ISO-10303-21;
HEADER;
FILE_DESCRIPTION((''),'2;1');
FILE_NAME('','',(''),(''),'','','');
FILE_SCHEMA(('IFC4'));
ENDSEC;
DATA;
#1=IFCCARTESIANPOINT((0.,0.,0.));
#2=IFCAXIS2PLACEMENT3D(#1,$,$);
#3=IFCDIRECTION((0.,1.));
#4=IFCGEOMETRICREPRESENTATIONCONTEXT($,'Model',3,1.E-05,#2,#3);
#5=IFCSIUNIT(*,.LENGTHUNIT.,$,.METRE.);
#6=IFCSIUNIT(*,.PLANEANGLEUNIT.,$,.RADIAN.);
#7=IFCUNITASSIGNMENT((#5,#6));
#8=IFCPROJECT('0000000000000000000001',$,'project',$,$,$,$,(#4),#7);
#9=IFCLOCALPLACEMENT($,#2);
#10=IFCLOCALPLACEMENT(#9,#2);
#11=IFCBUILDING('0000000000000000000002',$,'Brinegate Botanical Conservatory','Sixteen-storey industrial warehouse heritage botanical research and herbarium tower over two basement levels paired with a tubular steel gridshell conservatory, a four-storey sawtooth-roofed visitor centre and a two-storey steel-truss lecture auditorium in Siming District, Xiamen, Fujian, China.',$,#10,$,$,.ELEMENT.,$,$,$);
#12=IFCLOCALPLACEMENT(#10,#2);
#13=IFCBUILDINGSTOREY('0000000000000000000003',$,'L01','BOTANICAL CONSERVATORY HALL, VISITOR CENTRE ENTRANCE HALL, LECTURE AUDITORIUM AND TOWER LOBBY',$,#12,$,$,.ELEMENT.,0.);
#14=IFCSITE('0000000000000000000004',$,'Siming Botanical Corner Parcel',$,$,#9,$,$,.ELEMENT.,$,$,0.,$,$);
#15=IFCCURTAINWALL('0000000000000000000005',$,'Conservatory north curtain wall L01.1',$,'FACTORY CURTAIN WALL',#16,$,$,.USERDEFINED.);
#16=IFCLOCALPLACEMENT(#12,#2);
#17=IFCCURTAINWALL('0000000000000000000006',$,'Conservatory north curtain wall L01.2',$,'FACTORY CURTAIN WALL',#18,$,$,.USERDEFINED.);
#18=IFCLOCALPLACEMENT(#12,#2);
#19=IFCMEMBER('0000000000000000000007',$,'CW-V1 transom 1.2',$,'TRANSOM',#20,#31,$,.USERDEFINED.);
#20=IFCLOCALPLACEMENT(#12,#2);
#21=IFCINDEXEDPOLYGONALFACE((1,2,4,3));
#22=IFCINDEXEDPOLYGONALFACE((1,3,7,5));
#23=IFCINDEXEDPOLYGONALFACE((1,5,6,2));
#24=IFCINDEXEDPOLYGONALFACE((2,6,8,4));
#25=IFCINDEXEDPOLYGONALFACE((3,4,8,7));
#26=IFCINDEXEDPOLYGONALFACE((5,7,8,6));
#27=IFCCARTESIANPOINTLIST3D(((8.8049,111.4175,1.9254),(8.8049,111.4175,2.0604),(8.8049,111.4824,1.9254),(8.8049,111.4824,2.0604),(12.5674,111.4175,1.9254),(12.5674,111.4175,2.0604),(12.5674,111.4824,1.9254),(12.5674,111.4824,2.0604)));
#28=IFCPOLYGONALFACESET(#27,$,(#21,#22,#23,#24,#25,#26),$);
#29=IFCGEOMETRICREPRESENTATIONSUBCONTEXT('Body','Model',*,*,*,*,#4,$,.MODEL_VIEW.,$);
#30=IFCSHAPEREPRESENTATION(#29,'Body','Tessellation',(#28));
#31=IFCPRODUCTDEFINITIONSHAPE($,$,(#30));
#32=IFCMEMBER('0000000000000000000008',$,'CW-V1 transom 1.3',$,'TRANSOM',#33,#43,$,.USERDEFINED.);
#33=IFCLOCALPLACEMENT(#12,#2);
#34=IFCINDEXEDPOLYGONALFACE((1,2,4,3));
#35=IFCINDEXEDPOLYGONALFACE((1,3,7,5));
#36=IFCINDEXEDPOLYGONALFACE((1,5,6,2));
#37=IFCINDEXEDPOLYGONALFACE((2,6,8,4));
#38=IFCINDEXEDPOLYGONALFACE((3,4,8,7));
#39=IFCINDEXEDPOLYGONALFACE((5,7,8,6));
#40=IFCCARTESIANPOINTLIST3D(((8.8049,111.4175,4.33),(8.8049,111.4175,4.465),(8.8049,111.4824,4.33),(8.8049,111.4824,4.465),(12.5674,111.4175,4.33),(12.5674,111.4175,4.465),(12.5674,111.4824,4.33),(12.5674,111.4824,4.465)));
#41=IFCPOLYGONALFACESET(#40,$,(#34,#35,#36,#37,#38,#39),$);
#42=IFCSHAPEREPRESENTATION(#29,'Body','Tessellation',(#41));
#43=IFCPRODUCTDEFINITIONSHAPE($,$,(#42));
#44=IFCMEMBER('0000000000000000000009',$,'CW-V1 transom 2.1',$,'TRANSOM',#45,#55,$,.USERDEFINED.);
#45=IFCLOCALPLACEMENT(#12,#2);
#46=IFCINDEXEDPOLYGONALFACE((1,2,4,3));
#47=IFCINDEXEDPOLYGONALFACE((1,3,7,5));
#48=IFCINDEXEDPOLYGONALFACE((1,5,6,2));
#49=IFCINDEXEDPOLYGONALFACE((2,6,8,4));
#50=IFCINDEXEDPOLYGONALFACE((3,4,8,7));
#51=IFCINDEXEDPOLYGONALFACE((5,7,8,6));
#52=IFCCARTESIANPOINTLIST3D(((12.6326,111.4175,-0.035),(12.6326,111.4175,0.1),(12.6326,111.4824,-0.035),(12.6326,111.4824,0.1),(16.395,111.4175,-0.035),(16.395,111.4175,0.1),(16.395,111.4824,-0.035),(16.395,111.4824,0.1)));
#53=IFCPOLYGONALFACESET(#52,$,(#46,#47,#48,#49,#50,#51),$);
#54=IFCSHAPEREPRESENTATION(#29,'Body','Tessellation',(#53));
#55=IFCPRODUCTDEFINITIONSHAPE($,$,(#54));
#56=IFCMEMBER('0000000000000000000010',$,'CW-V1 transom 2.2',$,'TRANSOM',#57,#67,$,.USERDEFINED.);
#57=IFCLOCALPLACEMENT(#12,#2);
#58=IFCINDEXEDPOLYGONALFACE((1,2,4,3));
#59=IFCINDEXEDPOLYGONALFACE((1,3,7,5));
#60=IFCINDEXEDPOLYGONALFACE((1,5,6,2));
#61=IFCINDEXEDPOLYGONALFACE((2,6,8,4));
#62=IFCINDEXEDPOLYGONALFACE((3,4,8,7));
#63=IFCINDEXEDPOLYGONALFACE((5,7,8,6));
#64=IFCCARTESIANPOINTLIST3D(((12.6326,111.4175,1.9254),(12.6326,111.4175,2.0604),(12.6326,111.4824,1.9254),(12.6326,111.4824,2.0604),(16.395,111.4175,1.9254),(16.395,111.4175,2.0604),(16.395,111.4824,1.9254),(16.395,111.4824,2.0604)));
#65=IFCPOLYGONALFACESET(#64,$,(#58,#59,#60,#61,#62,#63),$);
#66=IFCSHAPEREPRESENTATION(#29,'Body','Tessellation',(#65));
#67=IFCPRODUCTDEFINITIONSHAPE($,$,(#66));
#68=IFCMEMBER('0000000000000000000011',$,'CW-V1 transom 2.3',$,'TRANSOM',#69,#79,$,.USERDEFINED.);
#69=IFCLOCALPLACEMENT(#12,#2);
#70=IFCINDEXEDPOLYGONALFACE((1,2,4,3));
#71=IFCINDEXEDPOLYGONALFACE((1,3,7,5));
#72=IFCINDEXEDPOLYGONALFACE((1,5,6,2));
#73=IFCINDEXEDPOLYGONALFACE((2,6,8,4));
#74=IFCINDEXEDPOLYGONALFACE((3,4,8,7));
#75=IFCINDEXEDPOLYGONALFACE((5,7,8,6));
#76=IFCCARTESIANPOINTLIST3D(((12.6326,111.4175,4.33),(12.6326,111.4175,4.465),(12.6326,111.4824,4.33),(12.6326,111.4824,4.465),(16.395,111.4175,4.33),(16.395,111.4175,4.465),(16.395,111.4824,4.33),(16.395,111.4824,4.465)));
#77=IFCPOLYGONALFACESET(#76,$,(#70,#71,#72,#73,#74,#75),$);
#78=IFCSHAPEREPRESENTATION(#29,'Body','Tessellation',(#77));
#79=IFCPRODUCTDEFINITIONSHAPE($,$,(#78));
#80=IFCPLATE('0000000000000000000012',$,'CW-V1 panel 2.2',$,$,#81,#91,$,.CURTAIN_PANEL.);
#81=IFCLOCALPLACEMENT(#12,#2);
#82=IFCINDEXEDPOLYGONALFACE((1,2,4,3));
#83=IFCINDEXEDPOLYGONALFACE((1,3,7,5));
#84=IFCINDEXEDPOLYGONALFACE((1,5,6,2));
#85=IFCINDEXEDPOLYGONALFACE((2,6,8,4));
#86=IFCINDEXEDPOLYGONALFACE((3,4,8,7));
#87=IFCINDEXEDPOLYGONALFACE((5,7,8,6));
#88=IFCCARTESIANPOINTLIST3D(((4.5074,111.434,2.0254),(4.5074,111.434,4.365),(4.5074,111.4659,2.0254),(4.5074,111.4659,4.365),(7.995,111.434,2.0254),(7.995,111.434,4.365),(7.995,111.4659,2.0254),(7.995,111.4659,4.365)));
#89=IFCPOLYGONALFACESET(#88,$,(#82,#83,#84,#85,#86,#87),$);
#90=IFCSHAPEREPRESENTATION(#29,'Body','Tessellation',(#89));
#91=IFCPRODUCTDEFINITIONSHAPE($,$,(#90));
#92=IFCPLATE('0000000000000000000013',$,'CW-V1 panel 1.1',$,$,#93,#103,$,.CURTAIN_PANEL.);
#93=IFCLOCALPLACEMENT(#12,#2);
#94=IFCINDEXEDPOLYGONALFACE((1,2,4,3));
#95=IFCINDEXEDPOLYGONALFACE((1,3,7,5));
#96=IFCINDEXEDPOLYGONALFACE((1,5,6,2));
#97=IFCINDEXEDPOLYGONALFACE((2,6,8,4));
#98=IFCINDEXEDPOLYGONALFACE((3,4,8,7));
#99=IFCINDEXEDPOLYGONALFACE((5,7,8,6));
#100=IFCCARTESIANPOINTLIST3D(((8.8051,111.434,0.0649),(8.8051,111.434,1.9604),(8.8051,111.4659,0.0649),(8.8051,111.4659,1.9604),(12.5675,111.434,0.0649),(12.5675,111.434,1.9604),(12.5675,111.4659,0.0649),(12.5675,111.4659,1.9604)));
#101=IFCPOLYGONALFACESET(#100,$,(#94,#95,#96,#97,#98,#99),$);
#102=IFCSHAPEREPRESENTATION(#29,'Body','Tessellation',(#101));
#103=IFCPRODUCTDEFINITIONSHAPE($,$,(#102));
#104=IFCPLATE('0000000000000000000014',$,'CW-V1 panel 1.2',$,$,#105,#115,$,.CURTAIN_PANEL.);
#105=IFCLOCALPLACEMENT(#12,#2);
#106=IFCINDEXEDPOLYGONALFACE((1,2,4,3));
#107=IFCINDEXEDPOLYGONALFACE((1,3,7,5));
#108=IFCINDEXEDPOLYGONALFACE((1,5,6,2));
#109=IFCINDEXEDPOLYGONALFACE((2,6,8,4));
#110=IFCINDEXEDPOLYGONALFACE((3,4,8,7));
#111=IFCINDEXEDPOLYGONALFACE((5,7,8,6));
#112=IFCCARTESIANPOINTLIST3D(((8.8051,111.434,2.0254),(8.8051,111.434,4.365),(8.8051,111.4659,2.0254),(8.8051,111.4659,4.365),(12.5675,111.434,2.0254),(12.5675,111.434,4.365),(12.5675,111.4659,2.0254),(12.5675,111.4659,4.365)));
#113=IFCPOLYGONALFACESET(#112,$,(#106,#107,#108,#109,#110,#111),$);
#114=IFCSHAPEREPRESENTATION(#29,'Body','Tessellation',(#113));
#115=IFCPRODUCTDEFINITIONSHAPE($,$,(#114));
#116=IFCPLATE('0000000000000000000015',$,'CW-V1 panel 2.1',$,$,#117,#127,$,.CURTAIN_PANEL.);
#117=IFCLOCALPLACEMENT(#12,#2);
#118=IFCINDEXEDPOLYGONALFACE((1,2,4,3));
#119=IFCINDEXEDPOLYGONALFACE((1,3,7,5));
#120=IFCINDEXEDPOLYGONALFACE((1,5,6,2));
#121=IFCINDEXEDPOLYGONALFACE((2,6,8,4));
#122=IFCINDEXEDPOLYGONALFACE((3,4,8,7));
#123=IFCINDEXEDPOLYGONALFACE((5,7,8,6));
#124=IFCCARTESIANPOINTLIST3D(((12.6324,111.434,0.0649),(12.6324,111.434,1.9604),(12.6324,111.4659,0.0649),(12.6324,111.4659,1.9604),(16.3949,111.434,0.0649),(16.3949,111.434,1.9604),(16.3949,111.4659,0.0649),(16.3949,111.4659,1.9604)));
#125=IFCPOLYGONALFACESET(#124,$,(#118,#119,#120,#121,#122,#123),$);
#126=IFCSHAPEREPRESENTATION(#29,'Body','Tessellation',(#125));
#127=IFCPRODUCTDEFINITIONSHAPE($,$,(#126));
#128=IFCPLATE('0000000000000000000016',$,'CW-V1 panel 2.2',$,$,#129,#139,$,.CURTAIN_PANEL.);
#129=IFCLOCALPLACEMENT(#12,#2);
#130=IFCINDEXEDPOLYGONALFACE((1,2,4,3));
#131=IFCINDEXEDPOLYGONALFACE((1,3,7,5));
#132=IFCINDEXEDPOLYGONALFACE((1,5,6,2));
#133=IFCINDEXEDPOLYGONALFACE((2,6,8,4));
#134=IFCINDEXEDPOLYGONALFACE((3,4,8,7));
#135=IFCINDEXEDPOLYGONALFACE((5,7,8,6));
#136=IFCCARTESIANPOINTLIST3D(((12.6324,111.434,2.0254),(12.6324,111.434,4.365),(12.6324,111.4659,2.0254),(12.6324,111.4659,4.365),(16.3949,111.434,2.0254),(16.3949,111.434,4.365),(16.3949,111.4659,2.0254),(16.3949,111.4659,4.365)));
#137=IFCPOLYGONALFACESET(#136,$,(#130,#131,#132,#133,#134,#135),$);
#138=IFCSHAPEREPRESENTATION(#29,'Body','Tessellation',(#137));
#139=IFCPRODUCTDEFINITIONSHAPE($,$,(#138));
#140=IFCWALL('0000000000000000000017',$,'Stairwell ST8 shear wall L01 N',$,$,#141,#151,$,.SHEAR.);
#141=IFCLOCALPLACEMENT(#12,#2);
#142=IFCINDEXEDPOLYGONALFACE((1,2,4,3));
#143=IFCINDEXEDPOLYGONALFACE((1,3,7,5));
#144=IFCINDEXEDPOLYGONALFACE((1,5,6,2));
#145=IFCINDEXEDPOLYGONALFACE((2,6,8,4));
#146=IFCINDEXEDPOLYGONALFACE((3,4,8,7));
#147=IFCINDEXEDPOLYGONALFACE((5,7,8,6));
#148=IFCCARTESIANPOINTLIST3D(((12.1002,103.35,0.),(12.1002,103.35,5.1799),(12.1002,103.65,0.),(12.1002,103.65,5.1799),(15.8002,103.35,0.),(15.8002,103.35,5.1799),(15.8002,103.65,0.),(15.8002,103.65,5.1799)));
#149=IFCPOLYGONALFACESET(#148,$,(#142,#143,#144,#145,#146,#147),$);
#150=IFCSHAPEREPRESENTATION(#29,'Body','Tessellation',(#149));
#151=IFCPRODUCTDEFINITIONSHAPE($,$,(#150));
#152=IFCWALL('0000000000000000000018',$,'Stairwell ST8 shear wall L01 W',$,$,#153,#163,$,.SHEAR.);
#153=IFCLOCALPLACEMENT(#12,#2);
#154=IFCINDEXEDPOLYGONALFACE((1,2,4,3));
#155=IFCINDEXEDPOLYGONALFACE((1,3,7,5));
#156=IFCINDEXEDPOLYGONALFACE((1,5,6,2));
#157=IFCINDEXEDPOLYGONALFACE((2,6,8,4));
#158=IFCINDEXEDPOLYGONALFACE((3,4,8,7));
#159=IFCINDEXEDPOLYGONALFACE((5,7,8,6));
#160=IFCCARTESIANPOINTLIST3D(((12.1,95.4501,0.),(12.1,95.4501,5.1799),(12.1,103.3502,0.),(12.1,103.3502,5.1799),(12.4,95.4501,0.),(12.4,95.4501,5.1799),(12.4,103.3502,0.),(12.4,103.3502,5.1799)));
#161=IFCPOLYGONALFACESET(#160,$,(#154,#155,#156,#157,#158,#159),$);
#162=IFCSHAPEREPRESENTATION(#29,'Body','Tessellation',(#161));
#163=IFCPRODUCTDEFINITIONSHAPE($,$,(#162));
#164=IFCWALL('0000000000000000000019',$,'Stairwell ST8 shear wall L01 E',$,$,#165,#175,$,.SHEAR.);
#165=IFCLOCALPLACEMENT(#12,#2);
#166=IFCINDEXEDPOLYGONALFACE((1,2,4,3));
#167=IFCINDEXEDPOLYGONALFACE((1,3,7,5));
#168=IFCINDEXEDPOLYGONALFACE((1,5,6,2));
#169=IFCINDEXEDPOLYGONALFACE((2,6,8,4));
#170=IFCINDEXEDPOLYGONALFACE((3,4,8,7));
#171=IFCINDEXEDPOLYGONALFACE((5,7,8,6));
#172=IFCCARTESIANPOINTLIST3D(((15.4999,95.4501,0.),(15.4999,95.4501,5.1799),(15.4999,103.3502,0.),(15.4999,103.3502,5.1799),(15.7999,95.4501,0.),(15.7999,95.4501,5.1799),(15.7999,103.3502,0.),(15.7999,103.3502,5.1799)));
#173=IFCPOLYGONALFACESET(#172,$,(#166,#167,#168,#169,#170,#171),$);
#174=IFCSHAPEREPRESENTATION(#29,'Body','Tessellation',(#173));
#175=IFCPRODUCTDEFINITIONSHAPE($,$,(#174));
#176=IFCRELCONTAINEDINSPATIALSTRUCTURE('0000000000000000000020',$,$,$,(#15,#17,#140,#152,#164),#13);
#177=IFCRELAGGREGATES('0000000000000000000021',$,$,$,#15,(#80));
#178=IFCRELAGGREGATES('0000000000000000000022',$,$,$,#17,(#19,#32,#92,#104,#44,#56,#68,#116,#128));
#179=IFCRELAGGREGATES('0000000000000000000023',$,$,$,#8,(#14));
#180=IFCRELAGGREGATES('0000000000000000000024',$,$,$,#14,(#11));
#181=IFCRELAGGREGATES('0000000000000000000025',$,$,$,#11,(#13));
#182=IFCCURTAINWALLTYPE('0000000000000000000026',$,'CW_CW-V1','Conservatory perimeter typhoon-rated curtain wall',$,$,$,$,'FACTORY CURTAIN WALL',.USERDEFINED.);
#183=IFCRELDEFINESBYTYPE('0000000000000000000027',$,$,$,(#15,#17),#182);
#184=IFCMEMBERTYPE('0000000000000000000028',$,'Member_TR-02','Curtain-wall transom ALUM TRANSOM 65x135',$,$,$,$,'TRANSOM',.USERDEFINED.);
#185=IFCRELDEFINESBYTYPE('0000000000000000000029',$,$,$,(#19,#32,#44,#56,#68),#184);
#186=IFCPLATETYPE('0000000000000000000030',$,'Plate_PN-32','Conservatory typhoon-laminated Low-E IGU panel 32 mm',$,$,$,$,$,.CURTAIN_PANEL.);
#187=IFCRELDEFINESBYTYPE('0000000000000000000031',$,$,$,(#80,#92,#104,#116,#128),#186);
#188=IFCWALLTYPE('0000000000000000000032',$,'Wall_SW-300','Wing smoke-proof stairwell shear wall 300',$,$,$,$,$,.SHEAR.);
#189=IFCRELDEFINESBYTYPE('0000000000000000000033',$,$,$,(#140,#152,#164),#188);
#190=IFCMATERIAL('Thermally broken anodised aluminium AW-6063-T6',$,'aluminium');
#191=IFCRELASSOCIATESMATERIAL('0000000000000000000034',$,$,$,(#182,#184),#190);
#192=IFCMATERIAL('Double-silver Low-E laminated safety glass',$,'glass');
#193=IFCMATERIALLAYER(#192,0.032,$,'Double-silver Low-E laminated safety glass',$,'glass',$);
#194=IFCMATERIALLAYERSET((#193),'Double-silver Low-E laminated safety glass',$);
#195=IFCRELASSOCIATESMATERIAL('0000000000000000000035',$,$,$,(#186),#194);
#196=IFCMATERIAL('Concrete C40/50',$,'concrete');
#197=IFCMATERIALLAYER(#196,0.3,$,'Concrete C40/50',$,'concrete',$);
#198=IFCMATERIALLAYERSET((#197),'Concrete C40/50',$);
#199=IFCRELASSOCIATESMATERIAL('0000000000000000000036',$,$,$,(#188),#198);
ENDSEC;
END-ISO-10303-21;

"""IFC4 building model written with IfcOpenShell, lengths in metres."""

from ifc_helpers import new_model, si_unit, direction, frame, frame_2d, origin, origin_2d, place, context, subcontext, project, spatial, rectangle, extrude, material, layer, layer_set, material_profile, profile_set, type_object, element, aggregate, save


model = new_model("IFC4")

# Units and contexts
model_context = context("Model", 3, precision=1e-05, world=origin(), true_north=direction((0.0, 1.0)))
body_context = subcontext(model_context, "Body", "Model", "MODEL_VIEW")
ifc_project = project(units=[si_unit("LENGTHUNIT", "METRE"), si_unit("PLANEANGLEUNIT", "RADIAN")], contexts=[model_context])

# Site, building, storey
site_placement = place(None, origin())
site = spatial("IfcSite", under=ifc_project, at=site_placement, Name="Siming Botanical Corner Parcel", CompositionType="ELEMENT", RefElevation=0.0)
building_placement = place(site_placement, origin())
building = spatial("IfcBuilding", under=site, at=building_placement, Name="Brinegate Botanical Conservatory", Description="Sixteen-storey industrial warehouse heritage botanical research and herbarium tower over two basement levels paired with a tubular steel gridshell conservatory, a four-storey sawtooth-roofed visitor centre and a two-storey steel-truss lecture auditorium in Siming District, Xiamen, Fujian, China.", CompositionType="ELEMENT")
storey_placement = place(building_placement, origin())
storey = spatial("IfcBuildingStorey", under=building, at=storey_placement, Name="L01", Description="BOTANICAL CONSERVATORY HALL, VISITOR CENTRE ENTRANCE HALL, LECTURE AUDITORIUM AND TOWER LOBBY", CompositionType="ELEMENT", Elevation=0.0)

# Shared definitions
ifc_material_1 = material(Name="Concrete C40/50", Category="concrete")

# Curtain wall
ifc_material_2 = material(Name="Thermally broken anodised aluminium AW-6063-T6", Category="aluminium")
curtain_wall_type = type_object("IfcCurtainWallType", Name="CW_CW-V1", Description="Conservatory perimeter typhoon-rated curtain wall", ElementType="FACTORY CURTAIN WALL", PredefinedType="USERDEFINED", material=ifc_material_2)
curtain_wall_1_placement = place(storey_placement, origin())
curtain_wall_1 = element("IfcCurtainWall", 1, at=curtain_wall_1_placement, inside=storey, type_object=curtain_wall_type, Name="Conservatory north curtain wall L01.1", ObjectType="FACTORY CURTAIN WALL", PredefinedType="USERDEFINED")

# Curtain wall, members
curtain_wall_2_placement = place(storey_placement, origin())
curtain_wall_2 = element("IfcCurtainWall", 2, at=curtain_wall_2_placement, inside=storey, type_object=curtain_wall_type, Name="Conservatory north curtain wall L01.2", ObjectType="FACTORY CURTAIN WALL", PredefinedType="USERDEFINED")
ifc_material_profile_1 = material_profile(ifc_material_2, rectangle(XDim=0.0649, YDim=0.135, at=origin_2d()), Name="ALUM TRANSOM 65x135")
ifc_profile_set_1 = profile_set([ifc_material_profile_1], Name="Thermally broken anodised aluminium AW-6063-T6")
member_type_1 = type_object("IfcMemberType", Name="Member_TR-02", Description="Curtain-wall transom ALUM TRANSOM 65x135", ElementType="TRANSOM", PredefinedType="USERDEFINED", material=ifc_profile_set_1)
member_1_placement = place(storey_placement, frame((8.8049, 111.45, 1.9929), z_axis=(1.0, 0.0, 0.0), x_axis=(0.0, 1.0, 0.0)))
member_1 = element("IfcMember", 3, at=member_1_placement, type_object=member_type_1, Name="CW-V1 transom 1.2", ObjectType="TRANSOM", PredefinedType="USERDEFINED", context=body_context, shape_type="SweptSolid", body=[
    extrude(rectangle(XDim=0.0649, YDim=0.135, at=origin_2d()), origin(), (0.0, 0.0, 1.0), 3.7625),
])
member_2_placement = place(storey_placement, frame((8.8049, 111.45, 4.3975), z_axis=(1.0, 0.0, 0.0), x_axis=(0.0, 1.0, 0.0)))
member_2 = element("IfcMember", 4, at=member_2_placement, type_object=member_type_1, Name="CW-V1 transom 1.3", ObjectType="TRANSOM", PredefinedType="USERDEFINED", context=body_context, shape_type="SweptSolid", body=[
    extrude(rectangle(XDim=0.0649, YDim=0.135, at=origin_2d()), origin(), (0.0, 0.0, 1.0), 3.7625),
])
member_3_placement = place(storey_placement, frame((12.6326, 111.45, 0.0325), z_axis=(1.0, 0.0, 0.0), x_axis=(0.0, 1.0, 0.0)))
member_3 = element("IfcMember", 5, at=member_3_placement, type_object=member_type_1, Name="CW-V1 transom 2.1", ObjectType="TRANSOM", PredefinedType="USERDEFINED", context=body_context, shape_type="SweptSolid", body=[
    extrude(rectangle(XDim=0.0649, YDim=0.135, at=origin_2d()), origin(), (0.0, 0.0, 1.0), 3.7625),
])
member_4_placement = place(storey_placement, frame((12.6326, 111.45, 1.9929), z_axis=(1.0, 0.0, 0.0), x_axis=(0.0, 1.0, 0.0)))
member_4 = element("IfcMember", 6, at=member_4_placement, type_object=member_type_1, Name="CW-V1 transom 2.2", ObjectType="TRANSOM", PredefinedType="USERDEFINED", context=body_context, shape_type="SweptSolid", body=[
    extrude(rectangle(XDim=0.0649, YDim=0.135, at=origin_2d()), origin(), (0.0, 0.0, 1.0), 3.7625),
])
member_5_placement = place(storey_placement, frame((12.6326, 111.45, 4.3975), z_axis=(1.0, 0.0, 0.0), x_axis=(0.0, 1.0, 0.0)))
member_5 = element("IfcMember", 7, at=member_5_placement, type_object=member_type_1, Name="CW-V1 transom 2.3", ObjectType="TRANSOM", PredefinedType="USERDEFINED", context=body_context, shape_type="SweptSolid", body=[
    extrude(rectangle(XDim=0.0649, YDim=0.135, at=origin_2d()), origin(), (0.0, 0.0, 1.0), 3.7625),
])

# Plates
ifc_material_3 = material(Name="Double-silver Low-E laminated safety glass", Category="glass")
ifc_layer_1 = layer(ifc_material_3, 0.032, Name="Double-silver Low-E laminated safety glass", Category="glass")
ifc_layer_set_1 = layer_set([ifc_layer_1], Name="Double-silver Low-E laminated safety glass")
plate_type = type_object("IfcPlateType", Name="Plate_PN-32", Description="Conservatory typhoon-laminated Low-E IGU panel 32 mm", PredefinedType="CURTAIN_PANEL", material=ifc_layer_set_1)
plate_1_placement = place(storey_placement, frame((6.2512, 111.45, 2.0254), z_axis=(0.0, 0.0, 1.0), x_axis=(1.0, 0.0, 0.0)))
plate_1 = element("IfcPlate", 8, at=plate_1_placement, type_object=plate_type, Name="CW-V1 panel 2.2", PredefinedType="CURTAIN_PANEL", context=body_context, shape_type="SweptSolid", body=[
    extrude(rectangle(XDim=3.4875, YDim=0.032, at=origin_2d()), origin(), (0.0, 0.0, 1.0), 2.3396),
])
aggregate(curtain_wall_1, [plate_1])
plate_2_placement = place(storey_placement, frame((10.6863, 111.45, 0.0649), z_axis=(0.0, 0.0, 1.0), x_axis=(1.0, 0.0, 0.0)))
plate_2 = element("IfcPlate", 9, at=plate_2_placement, type_object=plate_type, Name="CW-V1 panel 1.1", PredefinedType="CURTAIN_PANEL", context=body_context, shape_type="SweptSolid", body=[
    extrude(rectangle(XDim=3.7625, YDim=0.032, at=origin_2d()), origin(), (0.0, 0.0, 1.0), 1.8955),
])
plate_3_placement = place(storey_placement, frame((10.6863, 111.45, 2.0254), z_axis=(0.0, 0.0, 1.0), x_axis=(1.0, 0.0, 0.0)))
plate_3 = element("IfcPlate", 10, at=plate_3_placement, type_object=plate_type, Name="CW-V1 panel 1.2", PredefinedType="CURTAIN_PANEL", context=body_context, shape_type="SweptSolid", body=[
    extrude(rectangle(XDim=3.7625, YDim=0.032, at=origin_2d()), origin(), (0.0, 0.0, 1.0), 2.3396),
])
plate_4_placement = place(storey_placement, frame((14.5137, 111.45, 0.0649), z_axis=(0.0, 0.0, 1.0), x_axis=(1.0, 0.0, 0.0)))
plate_4 = element("IfcPlate", 11, at=plate_4_placement, type_object=plate_type, Name="CW-V1 panel 2.1", PredefinedType="CURTAIN_PANEL", context=body_context, shape_type="SweptSolid", body=[
    extrude(rectangle(XDim=3.7625, YDim=0.032, at=origin_2d()), origin(), (0.0, 0.0, 1.0), 1.8955),
])
plate_5_placement = place(storey_placement, frame((14.5137, 111.45, 2.0254), z_axis=(0.0, 0.0, 1.0), x_axis=(1.0, 0.0, 0.0)))
plate_5 = element("IfcPlate", 12, at=plate_5_placement, type_object=plate_type, Name="CW-V1 panel 2.2", PredefinedType="CURTAIN_PANEL", context=body_context, shape_type="SweptSolid", body=[
    extrude(rectangle(XDim=3.7625, YDim=0.032, at=origin_2d()), origin(), (0.0, 0.0, 1.0), 2.3396),
])
aggregate(curtain_wall_2, [member_1, member_2, plate_2, plate_3, member_3, member_4, member_5, plate_4, plate_5])

# Shared definitions
ifc_layer_2 = layer(ifc_material_1, 0.3, Name="Concrete C40/50", Category="concrete")
ifc_layer_set_2 = layer_set([ifc_layer_2], Name="Concrete C40/50")
wall_type = type_object("IfcWallType", Name="Wall_SW-300", Description="Wing smoke-proof stairwell shear wall 300", PredefinedType="SHEAR", material=ifc_layer_set_2)

# Walls
wall_1_placement = place(storey_placement, frame((12.1001, 103.5, 0.0), z_axis=(0.0, 0.0, 1.0), x_axis=(1.0, 0.0, 0.0)))
element("IfcWall", 13, at=wall_1_placement, inside=storey, type_object=wall_type, Name="Stairwell ST8 shear wall L01 N", PredefinedType="SHEAR", context=body_context, shape_type="SweptSolid", body=[
    extrude(rectangle(XDim=3.7, YDim=0.3, at=frame_2d((1.8501, 0.0))), origin(), (0.0, 0.0, 1.0), 5.1799),
])
for number, where, z_axis, x_axis, name in (
    (14, (12.25, 95.45, 0.0), (0.0, 0.0, 1.0), (0.0, 1.0, 0.0), "Stairwell ST8 shear wall L01 W"),
    (15, (15.6499, 95.45, 0.0), (0.0, 0.0, 1.0), (0.0, 1.0, 0.0), "Stairwell ST8 shear wall L01 E"),
):
    element("IfcWall", number, at=place(storey_placement, frame(where, z_axis=z_axis, x_axis=x_axis)), inside=storey, type_object=wall_type, Name=name, PredefinedType="SHEAR", context=body_context, shape_type="SweptSolid", body=[
        extrude(rectangle(XDim=7.9001, YDim=0.3, at=frame_2d((3.9502, 0.0))), origin(), (0.0, 0.0, 1.0), 5.1799),
    ])

save(model, "model.ifc")
